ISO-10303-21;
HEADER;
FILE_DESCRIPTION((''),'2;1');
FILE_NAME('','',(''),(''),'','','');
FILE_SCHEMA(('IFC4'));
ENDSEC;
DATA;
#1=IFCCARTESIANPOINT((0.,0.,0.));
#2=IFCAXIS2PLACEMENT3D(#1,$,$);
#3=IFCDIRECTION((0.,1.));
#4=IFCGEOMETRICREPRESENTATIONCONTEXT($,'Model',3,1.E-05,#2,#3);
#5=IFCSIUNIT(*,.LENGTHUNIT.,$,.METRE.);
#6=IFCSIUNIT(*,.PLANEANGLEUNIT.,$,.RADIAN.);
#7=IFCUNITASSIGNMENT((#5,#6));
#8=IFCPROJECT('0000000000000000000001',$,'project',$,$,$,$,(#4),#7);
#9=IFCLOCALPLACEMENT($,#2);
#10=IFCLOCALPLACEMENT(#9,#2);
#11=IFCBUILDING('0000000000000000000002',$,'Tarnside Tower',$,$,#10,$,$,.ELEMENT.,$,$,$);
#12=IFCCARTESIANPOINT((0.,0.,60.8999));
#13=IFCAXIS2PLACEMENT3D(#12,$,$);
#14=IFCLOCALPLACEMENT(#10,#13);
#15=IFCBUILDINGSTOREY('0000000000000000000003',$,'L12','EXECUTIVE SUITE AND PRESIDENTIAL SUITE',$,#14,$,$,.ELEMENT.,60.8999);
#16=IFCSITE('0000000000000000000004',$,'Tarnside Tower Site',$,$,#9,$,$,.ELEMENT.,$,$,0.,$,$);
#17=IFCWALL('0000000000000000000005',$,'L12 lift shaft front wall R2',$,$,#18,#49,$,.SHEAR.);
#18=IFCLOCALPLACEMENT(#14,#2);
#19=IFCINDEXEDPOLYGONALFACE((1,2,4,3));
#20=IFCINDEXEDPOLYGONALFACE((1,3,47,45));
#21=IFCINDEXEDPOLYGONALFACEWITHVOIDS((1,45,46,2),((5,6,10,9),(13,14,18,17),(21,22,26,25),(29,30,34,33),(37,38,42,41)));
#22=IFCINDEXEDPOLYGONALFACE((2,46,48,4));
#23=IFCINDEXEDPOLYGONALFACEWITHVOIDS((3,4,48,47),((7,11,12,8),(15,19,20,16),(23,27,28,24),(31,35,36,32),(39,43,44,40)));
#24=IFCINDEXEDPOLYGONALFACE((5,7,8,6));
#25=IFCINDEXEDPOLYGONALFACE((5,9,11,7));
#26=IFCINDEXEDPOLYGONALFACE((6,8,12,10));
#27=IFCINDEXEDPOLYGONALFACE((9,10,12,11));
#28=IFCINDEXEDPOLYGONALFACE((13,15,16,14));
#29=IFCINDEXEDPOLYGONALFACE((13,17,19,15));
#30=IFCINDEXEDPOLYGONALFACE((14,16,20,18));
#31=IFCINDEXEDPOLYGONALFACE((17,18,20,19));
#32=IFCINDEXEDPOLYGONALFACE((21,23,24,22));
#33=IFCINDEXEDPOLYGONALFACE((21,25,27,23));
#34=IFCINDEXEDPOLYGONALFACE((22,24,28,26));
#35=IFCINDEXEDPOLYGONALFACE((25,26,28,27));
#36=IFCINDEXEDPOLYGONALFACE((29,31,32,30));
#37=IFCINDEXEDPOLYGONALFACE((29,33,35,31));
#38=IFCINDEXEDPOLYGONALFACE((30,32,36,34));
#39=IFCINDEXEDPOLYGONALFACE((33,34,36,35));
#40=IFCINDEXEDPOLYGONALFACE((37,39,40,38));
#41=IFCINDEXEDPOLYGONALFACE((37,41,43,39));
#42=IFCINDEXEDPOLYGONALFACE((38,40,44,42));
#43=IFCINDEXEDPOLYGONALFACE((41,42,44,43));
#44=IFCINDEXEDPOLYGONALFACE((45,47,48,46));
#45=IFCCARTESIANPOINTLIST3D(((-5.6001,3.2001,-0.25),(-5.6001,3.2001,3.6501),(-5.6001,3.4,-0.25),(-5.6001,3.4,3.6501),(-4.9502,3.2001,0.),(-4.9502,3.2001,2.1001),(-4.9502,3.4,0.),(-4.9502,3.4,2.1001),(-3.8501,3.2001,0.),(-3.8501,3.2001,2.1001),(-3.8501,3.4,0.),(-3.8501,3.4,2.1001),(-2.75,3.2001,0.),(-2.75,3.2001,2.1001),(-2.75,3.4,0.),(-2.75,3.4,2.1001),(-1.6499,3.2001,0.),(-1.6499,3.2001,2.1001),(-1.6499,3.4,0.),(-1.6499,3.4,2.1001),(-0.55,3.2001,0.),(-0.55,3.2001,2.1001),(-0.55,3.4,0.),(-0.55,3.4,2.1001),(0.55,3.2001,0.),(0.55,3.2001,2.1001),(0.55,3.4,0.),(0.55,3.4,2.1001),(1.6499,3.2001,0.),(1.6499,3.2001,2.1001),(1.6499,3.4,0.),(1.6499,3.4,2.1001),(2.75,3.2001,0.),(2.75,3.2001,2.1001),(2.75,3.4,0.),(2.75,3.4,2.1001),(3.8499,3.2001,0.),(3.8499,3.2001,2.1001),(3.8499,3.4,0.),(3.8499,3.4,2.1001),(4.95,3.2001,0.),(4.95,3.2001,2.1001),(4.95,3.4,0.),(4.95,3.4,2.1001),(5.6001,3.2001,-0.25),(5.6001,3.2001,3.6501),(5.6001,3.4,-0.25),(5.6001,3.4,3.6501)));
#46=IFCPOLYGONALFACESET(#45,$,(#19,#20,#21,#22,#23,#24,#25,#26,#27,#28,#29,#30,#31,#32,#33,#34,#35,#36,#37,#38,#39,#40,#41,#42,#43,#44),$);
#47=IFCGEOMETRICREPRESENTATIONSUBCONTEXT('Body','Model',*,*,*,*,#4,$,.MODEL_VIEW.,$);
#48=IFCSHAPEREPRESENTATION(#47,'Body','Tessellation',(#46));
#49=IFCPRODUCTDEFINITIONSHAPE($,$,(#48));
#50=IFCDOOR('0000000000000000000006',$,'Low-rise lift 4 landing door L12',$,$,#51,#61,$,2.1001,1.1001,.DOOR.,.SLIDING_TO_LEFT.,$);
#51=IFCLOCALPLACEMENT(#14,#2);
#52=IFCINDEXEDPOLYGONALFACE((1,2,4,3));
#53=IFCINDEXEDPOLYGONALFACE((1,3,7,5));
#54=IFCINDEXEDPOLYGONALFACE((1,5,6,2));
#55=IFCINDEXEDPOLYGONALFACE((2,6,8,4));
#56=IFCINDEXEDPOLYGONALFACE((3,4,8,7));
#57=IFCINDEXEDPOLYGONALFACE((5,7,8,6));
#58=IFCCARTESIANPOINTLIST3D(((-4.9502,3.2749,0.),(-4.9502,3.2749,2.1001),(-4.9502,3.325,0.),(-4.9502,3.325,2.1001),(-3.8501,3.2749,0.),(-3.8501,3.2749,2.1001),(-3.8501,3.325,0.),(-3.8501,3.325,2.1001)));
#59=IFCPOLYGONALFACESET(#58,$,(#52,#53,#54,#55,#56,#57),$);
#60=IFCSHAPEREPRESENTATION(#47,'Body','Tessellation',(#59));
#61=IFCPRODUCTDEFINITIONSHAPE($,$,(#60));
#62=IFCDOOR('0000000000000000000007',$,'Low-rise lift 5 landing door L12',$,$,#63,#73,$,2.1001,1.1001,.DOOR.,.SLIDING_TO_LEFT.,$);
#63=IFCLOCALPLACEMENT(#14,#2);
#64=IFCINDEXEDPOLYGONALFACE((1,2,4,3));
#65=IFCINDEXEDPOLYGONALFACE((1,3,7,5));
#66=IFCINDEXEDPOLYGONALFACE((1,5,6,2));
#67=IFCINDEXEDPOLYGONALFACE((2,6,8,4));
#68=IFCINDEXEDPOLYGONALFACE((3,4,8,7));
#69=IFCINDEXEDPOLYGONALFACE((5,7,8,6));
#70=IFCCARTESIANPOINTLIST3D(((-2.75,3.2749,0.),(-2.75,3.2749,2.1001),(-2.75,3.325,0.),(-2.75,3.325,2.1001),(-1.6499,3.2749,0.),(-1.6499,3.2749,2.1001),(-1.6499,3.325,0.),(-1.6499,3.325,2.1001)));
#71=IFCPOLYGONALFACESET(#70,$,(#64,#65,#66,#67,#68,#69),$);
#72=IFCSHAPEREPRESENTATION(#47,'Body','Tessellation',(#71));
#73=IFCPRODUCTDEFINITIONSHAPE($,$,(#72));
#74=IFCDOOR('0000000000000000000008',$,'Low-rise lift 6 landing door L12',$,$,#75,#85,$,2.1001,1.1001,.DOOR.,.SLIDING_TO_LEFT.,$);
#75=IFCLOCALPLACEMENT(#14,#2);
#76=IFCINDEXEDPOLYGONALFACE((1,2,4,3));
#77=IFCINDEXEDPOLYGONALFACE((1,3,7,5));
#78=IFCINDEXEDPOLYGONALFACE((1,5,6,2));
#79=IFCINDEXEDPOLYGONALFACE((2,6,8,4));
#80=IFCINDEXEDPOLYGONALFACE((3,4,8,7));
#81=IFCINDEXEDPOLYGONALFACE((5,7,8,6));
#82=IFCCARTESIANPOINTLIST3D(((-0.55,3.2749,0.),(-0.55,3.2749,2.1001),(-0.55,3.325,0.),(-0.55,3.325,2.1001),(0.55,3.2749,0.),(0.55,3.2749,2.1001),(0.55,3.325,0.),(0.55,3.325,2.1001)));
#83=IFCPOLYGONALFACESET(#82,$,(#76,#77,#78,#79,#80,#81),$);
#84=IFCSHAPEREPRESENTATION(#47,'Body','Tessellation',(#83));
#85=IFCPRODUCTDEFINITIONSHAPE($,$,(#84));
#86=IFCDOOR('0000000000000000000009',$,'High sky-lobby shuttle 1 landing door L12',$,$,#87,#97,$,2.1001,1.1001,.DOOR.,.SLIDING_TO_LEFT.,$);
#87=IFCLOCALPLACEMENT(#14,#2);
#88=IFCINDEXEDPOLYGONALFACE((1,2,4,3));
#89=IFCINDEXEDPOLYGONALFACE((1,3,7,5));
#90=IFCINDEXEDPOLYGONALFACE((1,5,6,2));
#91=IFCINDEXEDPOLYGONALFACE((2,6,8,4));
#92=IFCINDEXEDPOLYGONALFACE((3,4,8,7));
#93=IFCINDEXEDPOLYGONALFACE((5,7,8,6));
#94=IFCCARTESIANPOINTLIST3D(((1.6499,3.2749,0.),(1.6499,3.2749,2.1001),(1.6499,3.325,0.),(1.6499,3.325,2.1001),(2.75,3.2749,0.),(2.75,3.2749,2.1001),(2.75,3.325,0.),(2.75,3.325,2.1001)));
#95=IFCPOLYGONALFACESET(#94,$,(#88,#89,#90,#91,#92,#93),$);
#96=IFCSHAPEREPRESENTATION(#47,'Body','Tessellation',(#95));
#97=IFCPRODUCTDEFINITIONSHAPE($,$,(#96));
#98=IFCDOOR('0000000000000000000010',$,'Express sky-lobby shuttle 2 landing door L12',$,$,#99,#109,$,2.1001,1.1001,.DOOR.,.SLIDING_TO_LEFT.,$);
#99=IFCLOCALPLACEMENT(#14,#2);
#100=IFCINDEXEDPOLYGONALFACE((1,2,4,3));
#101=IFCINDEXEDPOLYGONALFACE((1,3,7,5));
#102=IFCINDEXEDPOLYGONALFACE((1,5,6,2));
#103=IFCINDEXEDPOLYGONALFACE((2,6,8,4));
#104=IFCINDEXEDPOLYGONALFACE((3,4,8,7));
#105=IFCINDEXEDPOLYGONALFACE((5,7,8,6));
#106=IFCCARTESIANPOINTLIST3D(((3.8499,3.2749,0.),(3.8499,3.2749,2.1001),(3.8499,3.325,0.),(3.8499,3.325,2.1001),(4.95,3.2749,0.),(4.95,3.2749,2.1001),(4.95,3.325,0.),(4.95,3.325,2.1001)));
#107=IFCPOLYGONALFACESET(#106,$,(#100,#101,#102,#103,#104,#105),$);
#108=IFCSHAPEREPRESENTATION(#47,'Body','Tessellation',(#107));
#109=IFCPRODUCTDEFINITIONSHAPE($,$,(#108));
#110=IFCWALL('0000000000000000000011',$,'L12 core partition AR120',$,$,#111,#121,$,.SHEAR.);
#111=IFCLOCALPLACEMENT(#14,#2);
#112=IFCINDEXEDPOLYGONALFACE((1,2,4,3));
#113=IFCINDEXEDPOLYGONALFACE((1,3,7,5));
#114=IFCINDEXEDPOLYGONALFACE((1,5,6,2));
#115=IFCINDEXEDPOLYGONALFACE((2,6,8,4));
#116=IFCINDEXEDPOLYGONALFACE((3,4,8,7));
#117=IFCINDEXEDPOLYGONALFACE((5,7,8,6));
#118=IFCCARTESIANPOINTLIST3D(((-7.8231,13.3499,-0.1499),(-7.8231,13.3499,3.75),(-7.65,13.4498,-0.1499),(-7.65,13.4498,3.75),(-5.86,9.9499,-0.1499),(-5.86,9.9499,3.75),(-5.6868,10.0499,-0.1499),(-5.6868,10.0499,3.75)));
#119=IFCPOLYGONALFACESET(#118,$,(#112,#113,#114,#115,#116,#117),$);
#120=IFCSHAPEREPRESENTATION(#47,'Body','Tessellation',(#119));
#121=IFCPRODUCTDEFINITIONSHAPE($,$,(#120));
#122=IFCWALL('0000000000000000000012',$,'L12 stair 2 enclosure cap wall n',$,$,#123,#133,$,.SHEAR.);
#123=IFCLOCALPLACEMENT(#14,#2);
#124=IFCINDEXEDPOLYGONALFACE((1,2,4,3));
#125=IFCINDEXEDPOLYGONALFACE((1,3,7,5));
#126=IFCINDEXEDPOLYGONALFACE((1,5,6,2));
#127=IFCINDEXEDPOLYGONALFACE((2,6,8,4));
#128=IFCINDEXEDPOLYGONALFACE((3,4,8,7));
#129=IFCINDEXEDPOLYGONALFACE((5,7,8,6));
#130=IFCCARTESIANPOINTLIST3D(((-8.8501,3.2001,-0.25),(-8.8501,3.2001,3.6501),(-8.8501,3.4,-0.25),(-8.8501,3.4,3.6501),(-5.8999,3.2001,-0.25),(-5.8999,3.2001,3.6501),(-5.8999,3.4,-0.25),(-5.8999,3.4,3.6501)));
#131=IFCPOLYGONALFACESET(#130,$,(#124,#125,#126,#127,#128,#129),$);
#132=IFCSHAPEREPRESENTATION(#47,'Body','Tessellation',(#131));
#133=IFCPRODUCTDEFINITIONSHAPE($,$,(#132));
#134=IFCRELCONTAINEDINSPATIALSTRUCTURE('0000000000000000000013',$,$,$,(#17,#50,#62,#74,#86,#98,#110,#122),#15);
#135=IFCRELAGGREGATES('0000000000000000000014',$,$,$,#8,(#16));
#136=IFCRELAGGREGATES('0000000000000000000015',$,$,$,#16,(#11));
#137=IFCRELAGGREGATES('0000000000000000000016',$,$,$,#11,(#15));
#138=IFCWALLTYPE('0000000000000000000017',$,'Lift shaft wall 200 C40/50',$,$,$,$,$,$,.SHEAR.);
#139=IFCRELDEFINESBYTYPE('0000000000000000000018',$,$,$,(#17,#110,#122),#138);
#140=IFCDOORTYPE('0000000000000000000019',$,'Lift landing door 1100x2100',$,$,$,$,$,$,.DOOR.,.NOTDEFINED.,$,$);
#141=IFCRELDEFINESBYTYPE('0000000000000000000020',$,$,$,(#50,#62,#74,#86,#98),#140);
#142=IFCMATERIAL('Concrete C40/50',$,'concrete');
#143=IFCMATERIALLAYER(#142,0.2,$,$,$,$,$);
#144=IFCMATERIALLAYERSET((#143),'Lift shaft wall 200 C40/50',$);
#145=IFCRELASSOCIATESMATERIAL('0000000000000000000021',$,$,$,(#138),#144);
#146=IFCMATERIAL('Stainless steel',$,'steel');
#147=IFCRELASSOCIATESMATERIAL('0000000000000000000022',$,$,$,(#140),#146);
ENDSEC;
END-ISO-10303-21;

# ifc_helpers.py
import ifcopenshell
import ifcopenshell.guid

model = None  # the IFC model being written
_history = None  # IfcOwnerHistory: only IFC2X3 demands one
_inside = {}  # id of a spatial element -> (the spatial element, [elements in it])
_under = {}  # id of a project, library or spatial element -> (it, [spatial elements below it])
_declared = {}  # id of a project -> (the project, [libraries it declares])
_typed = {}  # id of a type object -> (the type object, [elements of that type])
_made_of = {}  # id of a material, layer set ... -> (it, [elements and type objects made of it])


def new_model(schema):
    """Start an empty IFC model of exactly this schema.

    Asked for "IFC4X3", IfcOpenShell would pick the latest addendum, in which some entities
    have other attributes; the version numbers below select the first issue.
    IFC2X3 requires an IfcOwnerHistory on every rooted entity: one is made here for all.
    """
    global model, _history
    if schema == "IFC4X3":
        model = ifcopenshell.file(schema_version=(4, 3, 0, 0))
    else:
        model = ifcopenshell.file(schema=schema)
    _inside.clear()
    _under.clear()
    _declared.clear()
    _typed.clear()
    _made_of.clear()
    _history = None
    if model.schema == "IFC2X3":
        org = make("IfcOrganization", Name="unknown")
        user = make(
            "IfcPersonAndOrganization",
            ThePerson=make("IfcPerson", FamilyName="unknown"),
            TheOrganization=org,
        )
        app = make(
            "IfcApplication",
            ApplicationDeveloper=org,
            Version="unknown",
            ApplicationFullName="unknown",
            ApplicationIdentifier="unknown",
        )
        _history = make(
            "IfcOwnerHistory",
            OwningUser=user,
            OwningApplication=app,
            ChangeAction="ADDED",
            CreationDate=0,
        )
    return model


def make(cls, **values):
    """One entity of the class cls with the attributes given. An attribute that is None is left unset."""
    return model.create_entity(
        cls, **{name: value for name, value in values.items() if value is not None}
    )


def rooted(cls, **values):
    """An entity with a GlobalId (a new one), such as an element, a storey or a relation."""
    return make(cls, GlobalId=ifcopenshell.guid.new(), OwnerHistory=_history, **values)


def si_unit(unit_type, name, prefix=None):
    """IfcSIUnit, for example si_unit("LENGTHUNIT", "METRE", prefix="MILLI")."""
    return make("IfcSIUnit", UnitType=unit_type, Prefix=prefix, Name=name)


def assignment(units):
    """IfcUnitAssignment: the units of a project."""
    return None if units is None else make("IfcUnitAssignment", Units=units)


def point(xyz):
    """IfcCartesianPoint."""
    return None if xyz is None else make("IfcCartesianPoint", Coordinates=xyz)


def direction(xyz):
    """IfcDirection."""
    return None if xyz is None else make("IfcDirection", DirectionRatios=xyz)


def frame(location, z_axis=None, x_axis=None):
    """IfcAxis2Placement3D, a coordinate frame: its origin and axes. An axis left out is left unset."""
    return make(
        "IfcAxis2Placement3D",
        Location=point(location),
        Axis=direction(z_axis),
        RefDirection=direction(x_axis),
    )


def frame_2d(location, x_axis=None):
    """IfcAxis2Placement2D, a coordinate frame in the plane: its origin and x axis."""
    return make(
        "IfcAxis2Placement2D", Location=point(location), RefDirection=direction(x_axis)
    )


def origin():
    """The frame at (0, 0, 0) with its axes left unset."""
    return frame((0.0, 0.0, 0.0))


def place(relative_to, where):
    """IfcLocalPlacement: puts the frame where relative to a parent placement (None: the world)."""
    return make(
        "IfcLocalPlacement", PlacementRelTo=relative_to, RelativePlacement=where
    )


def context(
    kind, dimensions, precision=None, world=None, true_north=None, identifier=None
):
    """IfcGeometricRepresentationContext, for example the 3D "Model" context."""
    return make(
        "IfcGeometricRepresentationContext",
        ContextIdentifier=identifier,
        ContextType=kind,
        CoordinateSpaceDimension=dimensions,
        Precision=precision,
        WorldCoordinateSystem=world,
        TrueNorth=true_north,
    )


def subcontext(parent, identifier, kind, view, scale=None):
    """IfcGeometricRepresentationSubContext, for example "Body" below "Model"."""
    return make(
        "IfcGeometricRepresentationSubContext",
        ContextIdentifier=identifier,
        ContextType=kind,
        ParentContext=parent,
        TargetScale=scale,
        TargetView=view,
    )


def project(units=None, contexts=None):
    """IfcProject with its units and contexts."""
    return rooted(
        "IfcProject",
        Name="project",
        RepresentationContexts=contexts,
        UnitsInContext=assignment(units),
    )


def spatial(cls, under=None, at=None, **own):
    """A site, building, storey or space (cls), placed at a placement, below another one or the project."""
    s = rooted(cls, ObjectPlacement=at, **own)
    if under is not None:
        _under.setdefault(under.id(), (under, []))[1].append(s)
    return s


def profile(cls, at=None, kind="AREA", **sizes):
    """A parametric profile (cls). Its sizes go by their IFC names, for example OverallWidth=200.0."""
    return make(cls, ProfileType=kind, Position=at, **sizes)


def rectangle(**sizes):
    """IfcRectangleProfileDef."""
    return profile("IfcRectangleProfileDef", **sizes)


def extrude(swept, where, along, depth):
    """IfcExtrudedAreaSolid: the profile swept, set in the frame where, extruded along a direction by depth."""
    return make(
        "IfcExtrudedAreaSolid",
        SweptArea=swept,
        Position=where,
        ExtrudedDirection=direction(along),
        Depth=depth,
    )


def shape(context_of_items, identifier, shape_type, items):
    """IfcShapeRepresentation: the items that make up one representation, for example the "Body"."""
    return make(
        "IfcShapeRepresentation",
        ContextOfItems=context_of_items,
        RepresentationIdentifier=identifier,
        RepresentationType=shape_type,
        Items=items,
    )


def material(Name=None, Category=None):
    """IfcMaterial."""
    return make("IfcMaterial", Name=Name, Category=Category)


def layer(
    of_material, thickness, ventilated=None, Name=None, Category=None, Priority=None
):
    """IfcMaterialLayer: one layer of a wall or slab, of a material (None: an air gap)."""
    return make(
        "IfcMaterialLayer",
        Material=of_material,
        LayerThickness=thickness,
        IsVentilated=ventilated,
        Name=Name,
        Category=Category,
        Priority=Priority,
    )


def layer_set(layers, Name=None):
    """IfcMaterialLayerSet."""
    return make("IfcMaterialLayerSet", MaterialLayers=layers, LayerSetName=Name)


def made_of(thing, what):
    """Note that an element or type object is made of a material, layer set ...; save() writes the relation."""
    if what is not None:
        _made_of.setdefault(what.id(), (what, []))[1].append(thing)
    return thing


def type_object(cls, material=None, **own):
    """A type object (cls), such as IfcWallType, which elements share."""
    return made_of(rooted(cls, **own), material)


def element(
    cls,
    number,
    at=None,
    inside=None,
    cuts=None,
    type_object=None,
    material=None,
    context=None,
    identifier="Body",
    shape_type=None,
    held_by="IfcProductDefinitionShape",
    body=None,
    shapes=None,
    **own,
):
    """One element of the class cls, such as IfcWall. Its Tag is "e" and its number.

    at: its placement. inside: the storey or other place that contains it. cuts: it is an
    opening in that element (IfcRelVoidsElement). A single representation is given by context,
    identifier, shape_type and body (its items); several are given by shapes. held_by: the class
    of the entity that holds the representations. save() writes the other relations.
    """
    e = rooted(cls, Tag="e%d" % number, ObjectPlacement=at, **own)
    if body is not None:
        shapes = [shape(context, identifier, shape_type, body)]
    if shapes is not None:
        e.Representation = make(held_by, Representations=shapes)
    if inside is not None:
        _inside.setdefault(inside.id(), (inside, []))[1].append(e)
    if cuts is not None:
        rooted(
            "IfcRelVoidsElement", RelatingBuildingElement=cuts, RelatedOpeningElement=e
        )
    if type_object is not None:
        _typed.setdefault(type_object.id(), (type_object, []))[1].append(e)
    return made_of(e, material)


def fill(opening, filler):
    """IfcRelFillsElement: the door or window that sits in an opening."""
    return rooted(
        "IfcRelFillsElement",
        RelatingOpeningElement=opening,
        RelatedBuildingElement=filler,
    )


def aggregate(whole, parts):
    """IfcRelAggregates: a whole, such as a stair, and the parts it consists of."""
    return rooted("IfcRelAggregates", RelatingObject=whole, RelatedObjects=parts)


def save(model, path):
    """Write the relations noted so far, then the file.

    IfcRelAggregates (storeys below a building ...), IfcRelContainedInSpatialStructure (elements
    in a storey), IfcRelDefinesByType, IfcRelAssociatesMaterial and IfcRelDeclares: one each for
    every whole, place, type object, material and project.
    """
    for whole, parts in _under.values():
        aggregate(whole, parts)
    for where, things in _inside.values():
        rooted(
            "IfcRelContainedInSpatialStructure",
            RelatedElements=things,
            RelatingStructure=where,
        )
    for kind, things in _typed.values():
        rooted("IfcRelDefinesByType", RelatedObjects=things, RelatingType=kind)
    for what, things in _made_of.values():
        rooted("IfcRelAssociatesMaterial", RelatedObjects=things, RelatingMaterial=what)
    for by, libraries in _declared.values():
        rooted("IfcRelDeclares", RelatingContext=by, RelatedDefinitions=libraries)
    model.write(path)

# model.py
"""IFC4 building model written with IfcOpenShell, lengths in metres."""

from ifc_helpers import new_model, si_unit, direction, frame, frame_2d, origin, place, context, subcontext, project, spatial, rectangle, extrude, material, layer, layer_set, type_object, element, fill, save


model = new_model("IFC4")

# Units and contexts
model_context = context("Model", 3, precision=1e-05, world=origin(), true_north=direction((0.0, 1.0)))
body_context = subcontext(model_context, "Body", "Model", "MODEL_VIEW")
ifc_project = project(units=[si_unit("LENGTHUNIT", "METRE"), si_unit("PLANEANGLEUNIT", "RADIAN")], contexts=[model_context])

# Site, building, storey
site_placement = place(None, origin())
site = spatial("IfcSite", under=ifc_project, at=site_placement, Name="Tarnside Tower Site", CompositionType="ELEMENT", RefElevation=0.0)
building_placement = place(site_placement, origin())
building = spatial("IfcBuilding", under=site, at=building_placement, Name="Tarnside Tower", CompositionType="ELEMENT")
storey_placement = place(building_placement, frame((0.0, 0.0, 60.8999)))
storey = spatial("IfcBuildingStorey", under=building, at=storey_placement, Name="L12", Description="EXECUTIVE SUITE AND PRESIDENTIAL SUITE", CompositionType="ELEMENT", Elevation=60.8999)

# Shared definitions
ifc_material_1 = material(Name="Concrete C40/50", Category="concrete")
ifc_layer_1 = layer(ifc_material_1, 0.2)
ifc_layer_set_1 = layer_set([ifc_layer_1], Name="Lift shaft wall 200 C40/50")
wall_type_1 = type_object("IfcWallType", Name="Lift shaft wall 200 C40/50", PredefinedType="SHEAR", material=ifc_layer_set_1)
ifc_material_2 = material(Name="Stainless steel", Category="steel")
door_type_1 = type_object("IfcDoorType", Name="Lift landing door 1100x2100", OperationType="NOTDEFINED", PredefinedType="DOOR", material=ifc_material_2)

# Wall, openings, doors
wall_1_placement = place(storey_placement, frame((-5.6001, 3.3, -0.25), z_axis=(0.0, 0.0, 1.0), x_axis=(1.0, 0.0, 0.0)))
wall_1 = element("IfcWall", 1, at=wall_1_placement, inside=storey, type_object=wall_type_1, Name="L12 lift shaft front wall R2", PredefinedType="SHEAR", context=body_context, shape_type="SweptSolid", body=[
    extrude(rectangle(XDim=11.2002, YDim=0.2, at=frame_2d((5.6001, 0.0))), origin(), (0.0, 0.0, 1.0), 3.9001),
])
opening_1_placement = place(wall_1_placement, frame((0.6499, 0.0, 0.25)))
opening_1 = element("IfcOpeningElement", 2, at=opening_1_placement, cuts=wall_1, PredefinedType="OPENING", context=body_context, shape_type="SweptSolid", body=[
    extrude(rectangle(XDim=1.1001, YDim=2.1001, at=frame_2d((0.55, 1.05))), frame((0.0, 0.1099, 0.0), z_axis=(0.0, -1.0, 0.0), x_axis=(1.0, 0.0, 0.0)), (0.0, 0.0, 1.0), 0.22),
])
opening_2_placement = place(wall_1_placement, frame((2.8501, 0.0, 0.25)))
opening_2 = element("IfcOpeningElement", 3, at=opening_2_placement, cuts=wall_1, PredefinedType="OPENING", context=body_context, shape_type="SweptSolid", body=[
    extrude(rectangle(XDim=1.1001, YDim=2.1001, at=frame_2d((0.55, 1.05))), frame((0.0, 0.1099, 0.0), z_axis=(0.0, -1.0, 0.0), x_axis=(1.0, 0.0, 0.0)), (0.0, 0.0, 1.0), 0.22),
])
opening_3_placement = place(wall_1_placement, frame((5.05, 0.0, 0.25)))
opening_3 = element("IfcOpeningElement", 4, at=opening_3_placement, cuts=wall_1, PredefinedType="OPENING", context=body_context, shape_type="SweptSolid", body=[
    extrude(rectangle(XDim=1.1001, YDim=2.1001, at=frame_2d((0.55, 1.05))), frame((0.0, 0.1099, 0.0), z_axis=(0.0, -1.0, 0.0), x_axis=(1.0, 0.0, 0.0)), (0.0, 0.0, 1.0), 0.22),
])
opening_4_placement = place(wall_1_placement, frame((7.25, 0.0, 0.25)))
opening_4 = element("IfcOpeningElement", 5, at=opening_4_placement, cuts=wall_1, PredefinedType="OPENING", context=body_context, shape_type="SweptSolid", body=[
    extrude(rectangle(XDim=1.1001, YDim=2.1001, at=frame_2d((0.55, 1.05))), frame((0.0, 0.1099, 0.0), z_axis=(0.0, -1.0, 0.0), x_axis=(1.0, 0.0, 0.0)), (0.0, 0.0, 1.0), 0.22),
])
opening_5_placement = place(wall_1_placement, frame((9.45, 0.0, 0.25)))
opening_5 = element("IfcOpeningElement", 6, at=opening_5_placement, cuts=wall_1, PredefinedType="OPENING", context=body_context, shape_type="SweptSolid", body=[
    extrude(rectangle(XDim=1.1001, YDim=2.1001, at=frame_2d((0.55, 1.05))), frame((0.0, 0.1099, 0.0), z_axis=(0.0, -1.0, 0.0), x_axis=(1.0, 0.0, 0.0)), (0.0, 0.0, 1.0), 0.22),
])
door_1_placement = place(opening_1_placement, origin())
door_1 = element("IfcDoor", 7, at=door_1_placement, inside=storey, type_object=door_type_1, Name="Low-rise lift 4 landing door L12", OperationType="SLIDING_TO_LEFT", OverallHeight=2.1001, OverallWidth=1.1001, PredefinedType="DOOR", context=body_context, shape_type="SweptSolid", body=[
    extrude(rectangle(XDim=1.1001, YDim=2.1001, at=frame_2d((0.55, 1.05))), frame((0.0, 0.0249, 0.0), z_axis=(0.0, -1.0, 0.0), x_axis=(1.0, 0.0, 0.0)), (0.0, 0.0, 1.0), 0.05),
])
fill(opening_1, door_1)
door_2_placement = place(opening_2_placement, origin())
door_2 = element("IfcDoor", 8, at=door_2_placement, inside=storey, type_object=door_type_1, Name="Low-rise lift 5 landing door L12", OperationType="SLIDING_TO_LEFT", OverallHeight=2.1001, OverallWidth=1.1001, PredefinedType="DOOR", context=body_context, shape_type="SweptSolid", body=[
    extrude(rectangle(XDim=1.1001, YDim=2.1001, at=frame_2d((0.55, 1.05))), frame((0.0, 0.0249, 0.0), z_axis=(0.0, -1.0, 0.0), x_axis=(1.0, 0.0, 0.0)), (0.0, 0.0, 1.0), 0.05),
])
fill(opening_2, door_2)
door_3_placement = place(opening_3_placement, origin())
door_3 = element("IfcDoor", 9, at=door_3_placement, inside=storey, type_object=door_type_1, Name="Low-rise lift 6 landing door L12", OperationType="SLIDING_TO_LEFT", OverallHeight=2.1001, OverallWidth=1.1001, PredefinedType="DOOR", context=body_context, shape_type="SweptSolid", body=[
    extrude(rectangle(XDim=1.1001, YDim=2.1001, at=frame_2d((0.55, 1.05))), frame((0.0, 0.0249, 0.0), z_axis=(0.0, -1.0, 0.0), x_axis=(1.0, 0.0, 0.0)), (0.0, 0.0, 1.0), 0.05),
])
fill(opening_3, door_3)
door_4_placement = place(opening_4_placement, origin())
door_4 = element("IfcDoor", 10, at=door_4_placement, inside=storey, type_object=door_type_1, Name="High sky-lobby shuttle 1 landing door L12", OperationType="SLIDING_TO_LEFT", OverallHeight=2.1001, OverallWidth=1.1001, PredefinedType="DOOR", context=body_context, shape_type="SweptSolid", body=[
    extrude(rectangle(XDim=1.1001, YDim=2.1001, at=frame_2d((0.55, 1.05))), frame((0.0, 0.0249, 0.0), z_axis=(0.0, -1.0, 0.0), x_axis=(1.0, 0.0, 0.0)), (0.0, 0.0, 1.0), 0.05),
])
fill(opening_4, door_4)
door_5_placement = place(opening_5_placement, origin())
door_5 = element("IfcDoor", 11, at=door_5_placement, inside=storey, type_object=door_type_1, Name="Express sky-lobby shuttle 2 landing door L12", OperationType="SLIDING_TO_LEFT", OverallHeight=2.1001, OverallWidth=1.1001, PredefinedType="DOOR", context=body_context, shape_type="SweptSolid", body=[
    extrude(rectangle(XDim=1.1001, YDim=2.1001, at=frame_2d((0.55, 1.05))), frame((0.0, 0.0249, 0.0), z_axis=(0.0, -1.0, 0.0), x_axis=(1.0, 0.0, 0.0)), (0.0, 0.0, 1.0), 0.05),
])
fill(opening_5, door_5)

# Walls
wall_2_placement = place(storey_placement, frame((-5.7734, 10.0, -0.1499), z_axis=(0.0, 0.0, 1.0), x_axis=(-0.500038, 0.866003, 0.0)))
element("IfcWall", 12, at=wall_2_placement, inside=storey, type_object=wall_type_1, Name="L12 core partition AR120", PredefinedType="SHEAR", context=body_context, shape_type="SweptSolid", body=[
    extrude(rectangle(XDim=3.926, YDim=0.2, at=frame_2d((1.9629, 0.0))), origin(), (0.0, 0.0, 1.0), 3.8999),
])
wall_3_placement = place(storey_placement, frame((-8.8501, 3.3, -0.25), z_axis=(0.0, 0.0, 1.0), x_axis=(1.0, 0.0, 0.0)))
element("IfcWall", 13, at=wall_3_placement, inside=storey, type_object=wall_type_1, Name="L12 stair 2 enclosure cap wall n", PredefinedType="SHEAR", context=body_context, shape_type="SweptSolid", body=[
    extrude(rectangle(XDim=2.9502, YDim=0.2, at=frame_2d((1.4751, 0.0))), origin(), (0.0, 0.0, 1.0), 3.9001),
])

save(model, "model.ifc")
